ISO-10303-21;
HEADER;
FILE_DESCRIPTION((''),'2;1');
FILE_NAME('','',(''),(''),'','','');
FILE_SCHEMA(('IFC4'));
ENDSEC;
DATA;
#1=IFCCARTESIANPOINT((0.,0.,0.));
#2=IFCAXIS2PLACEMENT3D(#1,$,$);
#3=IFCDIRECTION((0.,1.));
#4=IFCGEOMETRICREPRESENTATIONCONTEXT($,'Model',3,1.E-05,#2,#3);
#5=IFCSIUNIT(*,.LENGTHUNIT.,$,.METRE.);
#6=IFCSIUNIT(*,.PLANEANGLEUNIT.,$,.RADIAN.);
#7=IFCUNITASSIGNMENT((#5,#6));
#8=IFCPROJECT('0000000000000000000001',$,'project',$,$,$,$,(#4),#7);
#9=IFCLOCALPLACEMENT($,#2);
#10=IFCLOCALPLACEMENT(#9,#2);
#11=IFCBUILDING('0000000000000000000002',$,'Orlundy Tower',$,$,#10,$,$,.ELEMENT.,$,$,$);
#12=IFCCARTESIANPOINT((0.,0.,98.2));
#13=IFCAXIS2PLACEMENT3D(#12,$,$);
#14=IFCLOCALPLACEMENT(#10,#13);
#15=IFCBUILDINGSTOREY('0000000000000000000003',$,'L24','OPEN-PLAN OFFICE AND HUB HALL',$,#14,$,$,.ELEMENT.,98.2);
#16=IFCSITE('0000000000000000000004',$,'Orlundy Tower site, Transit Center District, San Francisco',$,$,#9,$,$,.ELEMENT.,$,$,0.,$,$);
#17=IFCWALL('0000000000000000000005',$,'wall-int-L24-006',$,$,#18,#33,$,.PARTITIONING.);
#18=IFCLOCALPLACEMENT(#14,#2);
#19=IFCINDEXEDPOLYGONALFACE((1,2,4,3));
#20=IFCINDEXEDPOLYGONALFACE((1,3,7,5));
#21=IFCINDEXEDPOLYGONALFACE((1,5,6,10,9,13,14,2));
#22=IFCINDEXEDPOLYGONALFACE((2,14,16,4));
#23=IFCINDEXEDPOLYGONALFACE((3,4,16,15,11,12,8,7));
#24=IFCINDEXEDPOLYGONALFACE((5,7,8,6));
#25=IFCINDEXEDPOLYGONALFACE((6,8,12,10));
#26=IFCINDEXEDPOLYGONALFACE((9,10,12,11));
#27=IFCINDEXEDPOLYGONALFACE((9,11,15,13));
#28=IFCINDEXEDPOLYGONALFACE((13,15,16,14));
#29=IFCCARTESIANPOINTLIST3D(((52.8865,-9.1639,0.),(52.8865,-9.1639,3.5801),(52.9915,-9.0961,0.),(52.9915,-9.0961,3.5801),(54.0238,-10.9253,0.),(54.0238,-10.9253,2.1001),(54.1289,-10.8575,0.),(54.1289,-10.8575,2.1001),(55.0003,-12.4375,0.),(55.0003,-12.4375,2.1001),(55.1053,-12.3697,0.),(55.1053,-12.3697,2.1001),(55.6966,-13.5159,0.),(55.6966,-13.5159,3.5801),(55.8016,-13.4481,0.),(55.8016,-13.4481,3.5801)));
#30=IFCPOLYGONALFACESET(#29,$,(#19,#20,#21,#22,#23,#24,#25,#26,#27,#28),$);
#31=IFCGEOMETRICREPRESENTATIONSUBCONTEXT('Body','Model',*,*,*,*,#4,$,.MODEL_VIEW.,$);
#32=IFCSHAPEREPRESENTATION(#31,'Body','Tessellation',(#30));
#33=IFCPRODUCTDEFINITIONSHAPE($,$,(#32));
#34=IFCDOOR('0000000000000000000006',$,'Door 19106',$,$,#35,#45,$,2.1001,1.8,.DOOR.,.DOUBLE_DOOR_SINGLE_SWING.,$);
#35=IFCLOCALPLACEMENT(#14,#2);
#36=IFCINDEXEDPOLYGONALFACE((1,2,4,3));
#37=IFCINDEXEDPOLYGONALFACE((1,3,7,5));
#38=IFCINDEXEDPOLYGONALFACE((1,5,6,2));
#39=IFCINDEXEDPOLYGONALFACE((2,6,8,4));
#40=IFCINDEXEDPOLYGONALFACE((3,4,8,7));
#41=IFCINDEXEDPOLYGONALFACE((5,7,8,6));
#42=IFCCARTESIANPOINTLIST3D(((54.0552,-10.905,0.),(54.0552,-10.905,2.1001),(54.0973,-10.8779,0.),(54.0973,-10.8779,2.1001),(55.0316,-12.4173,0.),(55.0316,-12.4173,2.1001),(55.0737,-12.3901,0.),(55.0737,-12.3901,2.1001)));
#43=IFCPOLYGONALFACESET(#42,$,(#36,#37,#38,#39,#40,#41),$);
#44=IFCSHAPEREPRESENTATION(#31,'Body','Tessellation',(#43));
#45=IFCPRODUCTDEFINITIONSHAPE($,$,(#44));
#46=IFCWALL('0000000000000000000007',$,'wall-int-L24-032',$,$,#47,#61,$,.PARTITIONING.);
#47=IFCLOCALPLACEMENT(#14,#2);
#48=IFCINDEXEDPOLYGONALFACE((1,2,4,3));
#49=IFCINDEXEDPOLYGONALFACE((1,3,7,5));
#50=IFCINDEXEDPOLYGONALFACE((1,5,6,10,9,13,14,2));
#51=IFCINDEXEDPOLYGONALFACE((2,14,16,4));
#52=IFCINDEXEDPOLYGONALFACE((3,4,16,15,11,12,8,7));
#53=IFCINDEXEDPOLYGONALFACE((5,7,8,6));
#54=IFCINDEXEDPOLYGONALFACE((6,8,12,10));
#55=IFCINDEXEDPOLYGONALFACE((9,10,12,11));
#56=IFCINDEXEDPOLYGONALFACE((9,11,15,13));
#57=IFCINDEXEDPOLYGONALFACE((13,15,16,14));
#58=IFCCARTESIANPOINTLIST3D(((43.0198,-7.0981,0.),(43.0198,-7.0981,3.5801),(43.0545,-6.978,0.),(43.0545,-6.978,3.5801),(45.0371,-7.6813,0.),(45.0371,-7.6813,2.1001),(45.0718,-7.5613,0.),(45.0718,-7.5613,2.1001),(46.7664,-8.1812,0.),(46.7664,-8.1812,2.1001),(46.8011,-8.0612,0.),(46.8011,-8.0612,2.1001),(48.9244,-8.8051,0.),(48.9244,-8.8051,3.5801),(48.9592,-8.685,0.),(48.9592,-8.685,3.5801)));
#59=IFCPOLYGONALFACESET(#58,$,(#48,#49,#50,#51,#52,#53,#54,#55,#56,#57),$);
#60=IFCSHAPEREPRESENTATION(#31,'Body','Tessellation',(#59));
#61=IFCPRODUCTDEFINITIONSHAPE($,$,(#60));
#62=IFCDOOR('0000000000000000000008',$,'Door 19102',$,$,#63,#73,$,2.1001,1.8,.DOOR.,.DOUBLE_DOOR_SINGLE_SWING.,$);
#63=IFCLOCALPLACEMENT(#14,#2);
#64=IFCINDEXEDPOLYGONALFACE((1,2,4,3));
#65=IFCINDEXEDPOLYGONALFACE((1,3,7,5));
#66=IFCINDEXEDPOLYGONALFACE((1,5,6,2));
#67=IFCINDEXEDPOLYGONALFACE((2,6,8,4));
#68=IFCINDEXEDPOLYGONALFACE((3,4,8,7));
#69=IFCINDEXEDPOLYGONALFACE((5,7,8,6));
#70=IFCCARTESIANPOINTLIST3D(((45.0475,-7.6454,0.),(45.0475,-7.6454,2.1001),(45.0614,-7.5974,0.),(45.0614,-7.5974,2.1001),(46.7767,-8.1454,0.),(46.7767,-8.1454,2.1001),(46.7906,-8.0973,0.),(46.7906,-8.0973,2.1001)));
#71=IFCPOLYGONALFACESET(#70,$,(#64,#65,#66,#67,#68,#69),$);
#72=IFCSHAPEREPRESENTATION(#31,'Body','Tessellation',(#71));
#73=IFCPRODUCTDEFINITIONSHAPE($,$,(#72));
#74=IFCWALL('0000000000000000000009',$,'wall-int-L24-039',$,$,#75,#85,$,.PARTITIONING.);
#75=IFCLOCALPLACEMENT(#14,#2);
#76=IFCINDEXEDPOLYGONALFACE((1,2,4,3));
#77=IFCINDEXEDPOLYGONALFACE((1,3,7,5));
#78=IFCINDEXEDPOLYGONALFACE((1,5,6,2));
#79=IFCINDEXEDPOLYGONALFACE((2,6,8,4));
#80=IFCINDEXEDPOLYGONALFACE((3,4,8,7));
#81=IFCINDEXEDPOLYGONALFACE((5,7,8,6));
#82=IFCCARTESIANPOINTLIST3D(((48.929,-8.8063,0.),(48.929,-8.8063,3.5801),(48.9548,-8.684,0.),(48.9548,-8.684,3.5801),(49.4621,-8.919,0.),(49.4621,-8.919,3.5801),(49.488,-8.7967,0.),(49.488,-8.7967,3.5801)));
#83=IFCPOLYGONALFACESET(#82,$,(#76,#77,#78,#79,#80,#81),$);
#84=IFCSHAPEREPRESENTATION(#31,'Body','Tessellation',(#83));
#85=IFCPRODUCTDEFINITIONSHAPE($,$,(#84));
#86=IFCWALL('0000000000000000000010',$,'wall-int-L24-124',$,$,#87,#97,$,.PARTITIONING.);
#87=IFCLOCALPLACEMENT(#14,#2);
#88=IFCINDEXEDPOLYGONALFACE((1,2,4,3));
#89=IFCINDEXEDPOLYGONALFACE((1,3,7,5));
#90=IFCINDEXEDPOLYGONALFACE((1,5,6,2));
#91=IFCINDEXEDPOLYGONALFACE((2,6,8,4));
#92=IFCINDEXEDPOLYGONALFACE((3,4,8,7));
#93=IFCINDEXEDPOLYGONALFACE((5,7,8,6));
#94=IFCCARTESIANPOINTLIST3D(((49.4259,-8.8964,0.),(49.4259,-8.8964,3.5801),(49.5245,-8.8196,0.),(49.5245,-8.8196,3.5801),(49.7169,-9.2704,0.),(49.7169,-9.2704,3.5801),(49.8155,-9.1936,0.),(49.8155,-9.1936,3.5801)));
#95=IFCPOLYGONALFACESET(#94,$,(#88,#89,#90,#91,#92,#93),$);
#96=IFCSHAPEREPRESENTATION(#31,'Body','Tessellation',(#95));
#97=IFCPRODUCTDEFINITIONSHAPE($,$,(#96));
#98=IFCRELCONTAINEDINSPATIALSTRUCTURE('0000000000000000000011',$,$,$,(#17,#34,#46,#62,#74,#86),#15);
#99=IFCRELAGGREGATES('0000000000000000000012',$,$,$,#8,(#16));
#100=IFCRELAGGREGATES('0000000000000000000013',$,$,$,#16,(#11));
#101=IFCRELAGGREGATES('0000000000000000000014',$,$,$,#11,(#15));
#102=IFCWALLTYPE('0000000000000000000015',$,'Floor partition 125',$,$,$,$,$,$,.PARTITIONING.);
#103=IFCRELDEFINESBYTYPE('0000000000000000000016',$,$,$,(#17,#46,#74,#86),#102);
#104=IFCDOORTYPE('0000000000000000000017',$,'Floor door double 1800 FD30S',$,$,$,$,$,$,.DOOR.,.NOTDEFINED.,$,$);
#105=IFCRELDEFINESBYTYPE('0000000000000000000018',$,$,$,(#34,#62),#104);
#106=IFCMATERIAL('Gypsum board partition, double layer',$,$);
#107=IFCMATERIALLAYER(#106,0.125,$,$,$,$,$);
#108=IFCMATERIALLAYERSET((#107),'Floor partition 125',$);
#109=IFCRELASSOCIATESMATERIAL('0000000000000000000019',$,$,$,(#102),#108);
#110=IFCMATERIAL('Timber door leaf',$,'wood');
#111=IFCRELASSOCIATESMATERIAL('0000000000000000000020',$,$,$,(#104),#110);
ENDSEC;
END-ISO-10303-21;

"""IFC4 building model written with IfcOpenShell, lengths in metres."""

from ifc_helpers import new_model, si_unit, direction, frame, frame_2d, origin, place, context, subcontext, project, spatial, rectangle, extrude, material, layer, layer_set, type_object, element, fill, save


model = new_model("IFC4")

# Units and contexts
model_context = context("Model", 3, precision=1e-05, world=origin(), true_north=direction((0.0, 1.0)))
body_context = subcontext(model_context, "Body", "Model", "MODEL_VIEW")
ifc_project = project(units=[si_unit("LENGTHUNIT", "METRE"), si_unit("PLANEANGLEUNIT", "RADIAN")], contexts=[model_context])

# Site, building, storey
site_placement = place(None, origin())
site = spatial("IfcSite", under=ifc_project, at=site_placement, Name="Orlundy Tower site, Transit Center District, San Francisco", CompositionType="ELEMENT", RefElevation=0.0)
building_placement = place(site_placement, origin())
building = spatial("IfcBuilding", under=site, at=building_placement, Name="Orlundy Tower", CompositionType="ELEMENT")
storey_placement = place(building_placement, frame((0.0, 0.0, 98.2)))
storey = spatial("IfcBuildingStorey", under=building, at=storey_placement, Name="L24", Description="OPEN-PLAN OFFICE AND HUB HALL", CompositionType="ELEMENT", Elevation=98.2)

# Walls, openings, doors
ifc_material_1 = material(Name="Gypsum board partition, double layer")
ifc_layer_1 = layer(ifc_material_1, 0.125)
ifc_layer_set_1 = layer_set([ifc_layer_1], Name="Floor partition 125")
wall_type_1 = type_object("IfcWallType", Name="Floor partition 125", PredefinedType="PARTITIONING", material=ifc_layer_set_1)
wall_1_placement = place(storey_placement, frame((52.939, -9.1299, 0.0), z_axis=(0.0, 0.0, 1.0), x_axis=(0.542438, -0.840096, 0.0)))
wall_1 = element("IfcWall", 1, at=wall_1_placement, inside=storey, type_object=wall_type_1, Name="wall-int-L24-006", PredefinedType="PARTITIONING", context=body_context, shape_type="SweptSolid", body=[
    extrude(rectangle(XDim=5.1804, YDim=0.125, at=frame_2d((2.5903, 0.0))), origin(), (0.0, 0.0, 1.0), 3.5801),
])
opening_1_placement = place(wall_1_placement, frame((2.0969, 0.0, 0.0)))
opening_1 = element("IfcOpeningElement", 2, at=opening_1_placement, cuts=wall_1, PredefinedType="OPENING", context=body_context, shape_type="SweptSolid", body=[
    extrude(rectangle(XDim=1.8, YDim=2.1001, at=frame_2d((0.8999, 1.05))), frame((0.0, 0.0725, 0.0), z_axis=(0.0, -1.0, 0.0), x_axis=(1.0, 0.0, 0.0)), (0.0, 0.0, 1.0), 0.145),
])
ifc_material_2 = material(Name="Timber door leaf", Category="wood")
door_type = type_object("IfcDoorType", Name="Floor door double 1800 FD30S", OperationType="NOTDEFINED", PredefinedType="DOOR", material=ifc_material_2)
door_1_placement = place(opening_1_placement, origin())
door_1 = element("IfcDoor", 3, at=door_1_placement, inside=storey, type_object=door_type, Name="Door 19106", OperationType="DOUBLE_DOOR_SINGLE_SWING", OverallHeight=2.1001, OverallWidth=1.8, PredefinedType="DOOR", context=body_context, shape_type="SweptSolid", body=[
    extrude(rectangle(XDim=1.8, YDim=2.1001, at=frame_2d((0.8999, 1.05))), frame((0.0, 0.0249, 0.0), z_axis=(0.0, -1.0, 0.0), x_axis=(1.0, 0.0, 0.0)), (0.0, 0.0, 1.0), 0.05),
])
fill(opening_1, door_1)
wall_2_placement = place(storey_placement, frame((43.0371, -7.0381, 0.0), z_axis=(0.0, 0.0, 1.0), x_axis=(0.960662, -0.277721, 0.0)))
wall_2 = element("IfcWall", 4, at=wall_2_placement, inside=storey, type_object=wall_type_1, Name="wall-int-L24-032", PredefinedType="PARTITIONING", context=body_context, shape_type="SweptSolid", body=[
    extrude(rectangle(XDim=6.1465, YDim=0.125, at=frame_2d((3.0732, 0.0))), origin(), (0.0, 0.0, 1.0), 3.5801),
])
opening_2_placement = place(wall_2_placement, frame((2.1001, 0.0, 0.0)))
opening_2 = element("IfcOpeningElement", 5, at=opening_2_placement, cuts=wall_2, PredefinedType="OPENING", context=body_context, shape_type="SweptSolid", body=[
    extrude(rectangle(XDim=1.8, YDim=2.1001, at=frame_2d((0.8999, 1.05))), frame((0.0, 0.0725, 0.0), z_axis=(0.0, -1.0, 0.0), x_axis=(1.0, 0.0, 0.0)), (0.0, 0.0, 1.0), 0.145),
])
door_2_placement = place(opening_2_placement, origin())
door_2 = element("IfcDoor", 6, at=door_2_placement, inside=storey, type_object=door_type, Name="Door 19102", OperationType="DOUBLE_DOOR_SINGLE_SWING", OverallHeight=2.1001, OverallWidth=1.8, PredefinedType="DOOR", context=body_context, shape_type="SweptSolid", body=[
    extrude(rectangle(XDim=1.8, YDim=2.1001, at=frame_2d((0.8999, 1.05))), frame((0.0, 0.0249, 0.0), z_axis=(0.0, -1.0, 0.0), x_axis=(1.0, 0.0, 0.0)), (0.0, 0.0, 1.0), 0.05),
])
fill(opening_2, door_2)

# Walls
wall_3_placement = place(storey_placement, frame((48.9419, -8.7451, 0.0), z_axis=(0.0, 0.0, 1.0), x_axis=(0.97835, -0.206959, 0.0)))
element("IfcWall", 7, at=wall_3_placement, inside=storey, type_object=wall_type_1, Name="wall-int-L24-039", PredefinedType="PARTITIONING", context=body_context, shape_type="SweptSolid", body=[
    extrude(rectangle(XDim=0.5449, YDim=0.125, at=frame_2d((0.2725, 0.0))), origin(), (0.0, 0.0, 1.0), 3.5801),
])
wall_4_placement = place(storey_placement, frame((49.7661, -9.2319, 0.0), z_axis=(0.0, 0.0, 1.0), x_axis=(-0.614083, 0.789241, 0.0)))
element("IfcWall", 8, at=wall_4_placement, inside=storey, type_object=wall_type_1, Name="wall-int-L24-124", PredefinedType="PARTITIONING", context=body_context, shape_type="SweptSolid", body=[
    extrude(rectangle(XDim=0.4739, YDim=0.125, at=frame_2d((0.2368, 0.0))), origin(), (0.0, 0.0, 1.0), 3.5801),
])

save(model, "model.ifc")
